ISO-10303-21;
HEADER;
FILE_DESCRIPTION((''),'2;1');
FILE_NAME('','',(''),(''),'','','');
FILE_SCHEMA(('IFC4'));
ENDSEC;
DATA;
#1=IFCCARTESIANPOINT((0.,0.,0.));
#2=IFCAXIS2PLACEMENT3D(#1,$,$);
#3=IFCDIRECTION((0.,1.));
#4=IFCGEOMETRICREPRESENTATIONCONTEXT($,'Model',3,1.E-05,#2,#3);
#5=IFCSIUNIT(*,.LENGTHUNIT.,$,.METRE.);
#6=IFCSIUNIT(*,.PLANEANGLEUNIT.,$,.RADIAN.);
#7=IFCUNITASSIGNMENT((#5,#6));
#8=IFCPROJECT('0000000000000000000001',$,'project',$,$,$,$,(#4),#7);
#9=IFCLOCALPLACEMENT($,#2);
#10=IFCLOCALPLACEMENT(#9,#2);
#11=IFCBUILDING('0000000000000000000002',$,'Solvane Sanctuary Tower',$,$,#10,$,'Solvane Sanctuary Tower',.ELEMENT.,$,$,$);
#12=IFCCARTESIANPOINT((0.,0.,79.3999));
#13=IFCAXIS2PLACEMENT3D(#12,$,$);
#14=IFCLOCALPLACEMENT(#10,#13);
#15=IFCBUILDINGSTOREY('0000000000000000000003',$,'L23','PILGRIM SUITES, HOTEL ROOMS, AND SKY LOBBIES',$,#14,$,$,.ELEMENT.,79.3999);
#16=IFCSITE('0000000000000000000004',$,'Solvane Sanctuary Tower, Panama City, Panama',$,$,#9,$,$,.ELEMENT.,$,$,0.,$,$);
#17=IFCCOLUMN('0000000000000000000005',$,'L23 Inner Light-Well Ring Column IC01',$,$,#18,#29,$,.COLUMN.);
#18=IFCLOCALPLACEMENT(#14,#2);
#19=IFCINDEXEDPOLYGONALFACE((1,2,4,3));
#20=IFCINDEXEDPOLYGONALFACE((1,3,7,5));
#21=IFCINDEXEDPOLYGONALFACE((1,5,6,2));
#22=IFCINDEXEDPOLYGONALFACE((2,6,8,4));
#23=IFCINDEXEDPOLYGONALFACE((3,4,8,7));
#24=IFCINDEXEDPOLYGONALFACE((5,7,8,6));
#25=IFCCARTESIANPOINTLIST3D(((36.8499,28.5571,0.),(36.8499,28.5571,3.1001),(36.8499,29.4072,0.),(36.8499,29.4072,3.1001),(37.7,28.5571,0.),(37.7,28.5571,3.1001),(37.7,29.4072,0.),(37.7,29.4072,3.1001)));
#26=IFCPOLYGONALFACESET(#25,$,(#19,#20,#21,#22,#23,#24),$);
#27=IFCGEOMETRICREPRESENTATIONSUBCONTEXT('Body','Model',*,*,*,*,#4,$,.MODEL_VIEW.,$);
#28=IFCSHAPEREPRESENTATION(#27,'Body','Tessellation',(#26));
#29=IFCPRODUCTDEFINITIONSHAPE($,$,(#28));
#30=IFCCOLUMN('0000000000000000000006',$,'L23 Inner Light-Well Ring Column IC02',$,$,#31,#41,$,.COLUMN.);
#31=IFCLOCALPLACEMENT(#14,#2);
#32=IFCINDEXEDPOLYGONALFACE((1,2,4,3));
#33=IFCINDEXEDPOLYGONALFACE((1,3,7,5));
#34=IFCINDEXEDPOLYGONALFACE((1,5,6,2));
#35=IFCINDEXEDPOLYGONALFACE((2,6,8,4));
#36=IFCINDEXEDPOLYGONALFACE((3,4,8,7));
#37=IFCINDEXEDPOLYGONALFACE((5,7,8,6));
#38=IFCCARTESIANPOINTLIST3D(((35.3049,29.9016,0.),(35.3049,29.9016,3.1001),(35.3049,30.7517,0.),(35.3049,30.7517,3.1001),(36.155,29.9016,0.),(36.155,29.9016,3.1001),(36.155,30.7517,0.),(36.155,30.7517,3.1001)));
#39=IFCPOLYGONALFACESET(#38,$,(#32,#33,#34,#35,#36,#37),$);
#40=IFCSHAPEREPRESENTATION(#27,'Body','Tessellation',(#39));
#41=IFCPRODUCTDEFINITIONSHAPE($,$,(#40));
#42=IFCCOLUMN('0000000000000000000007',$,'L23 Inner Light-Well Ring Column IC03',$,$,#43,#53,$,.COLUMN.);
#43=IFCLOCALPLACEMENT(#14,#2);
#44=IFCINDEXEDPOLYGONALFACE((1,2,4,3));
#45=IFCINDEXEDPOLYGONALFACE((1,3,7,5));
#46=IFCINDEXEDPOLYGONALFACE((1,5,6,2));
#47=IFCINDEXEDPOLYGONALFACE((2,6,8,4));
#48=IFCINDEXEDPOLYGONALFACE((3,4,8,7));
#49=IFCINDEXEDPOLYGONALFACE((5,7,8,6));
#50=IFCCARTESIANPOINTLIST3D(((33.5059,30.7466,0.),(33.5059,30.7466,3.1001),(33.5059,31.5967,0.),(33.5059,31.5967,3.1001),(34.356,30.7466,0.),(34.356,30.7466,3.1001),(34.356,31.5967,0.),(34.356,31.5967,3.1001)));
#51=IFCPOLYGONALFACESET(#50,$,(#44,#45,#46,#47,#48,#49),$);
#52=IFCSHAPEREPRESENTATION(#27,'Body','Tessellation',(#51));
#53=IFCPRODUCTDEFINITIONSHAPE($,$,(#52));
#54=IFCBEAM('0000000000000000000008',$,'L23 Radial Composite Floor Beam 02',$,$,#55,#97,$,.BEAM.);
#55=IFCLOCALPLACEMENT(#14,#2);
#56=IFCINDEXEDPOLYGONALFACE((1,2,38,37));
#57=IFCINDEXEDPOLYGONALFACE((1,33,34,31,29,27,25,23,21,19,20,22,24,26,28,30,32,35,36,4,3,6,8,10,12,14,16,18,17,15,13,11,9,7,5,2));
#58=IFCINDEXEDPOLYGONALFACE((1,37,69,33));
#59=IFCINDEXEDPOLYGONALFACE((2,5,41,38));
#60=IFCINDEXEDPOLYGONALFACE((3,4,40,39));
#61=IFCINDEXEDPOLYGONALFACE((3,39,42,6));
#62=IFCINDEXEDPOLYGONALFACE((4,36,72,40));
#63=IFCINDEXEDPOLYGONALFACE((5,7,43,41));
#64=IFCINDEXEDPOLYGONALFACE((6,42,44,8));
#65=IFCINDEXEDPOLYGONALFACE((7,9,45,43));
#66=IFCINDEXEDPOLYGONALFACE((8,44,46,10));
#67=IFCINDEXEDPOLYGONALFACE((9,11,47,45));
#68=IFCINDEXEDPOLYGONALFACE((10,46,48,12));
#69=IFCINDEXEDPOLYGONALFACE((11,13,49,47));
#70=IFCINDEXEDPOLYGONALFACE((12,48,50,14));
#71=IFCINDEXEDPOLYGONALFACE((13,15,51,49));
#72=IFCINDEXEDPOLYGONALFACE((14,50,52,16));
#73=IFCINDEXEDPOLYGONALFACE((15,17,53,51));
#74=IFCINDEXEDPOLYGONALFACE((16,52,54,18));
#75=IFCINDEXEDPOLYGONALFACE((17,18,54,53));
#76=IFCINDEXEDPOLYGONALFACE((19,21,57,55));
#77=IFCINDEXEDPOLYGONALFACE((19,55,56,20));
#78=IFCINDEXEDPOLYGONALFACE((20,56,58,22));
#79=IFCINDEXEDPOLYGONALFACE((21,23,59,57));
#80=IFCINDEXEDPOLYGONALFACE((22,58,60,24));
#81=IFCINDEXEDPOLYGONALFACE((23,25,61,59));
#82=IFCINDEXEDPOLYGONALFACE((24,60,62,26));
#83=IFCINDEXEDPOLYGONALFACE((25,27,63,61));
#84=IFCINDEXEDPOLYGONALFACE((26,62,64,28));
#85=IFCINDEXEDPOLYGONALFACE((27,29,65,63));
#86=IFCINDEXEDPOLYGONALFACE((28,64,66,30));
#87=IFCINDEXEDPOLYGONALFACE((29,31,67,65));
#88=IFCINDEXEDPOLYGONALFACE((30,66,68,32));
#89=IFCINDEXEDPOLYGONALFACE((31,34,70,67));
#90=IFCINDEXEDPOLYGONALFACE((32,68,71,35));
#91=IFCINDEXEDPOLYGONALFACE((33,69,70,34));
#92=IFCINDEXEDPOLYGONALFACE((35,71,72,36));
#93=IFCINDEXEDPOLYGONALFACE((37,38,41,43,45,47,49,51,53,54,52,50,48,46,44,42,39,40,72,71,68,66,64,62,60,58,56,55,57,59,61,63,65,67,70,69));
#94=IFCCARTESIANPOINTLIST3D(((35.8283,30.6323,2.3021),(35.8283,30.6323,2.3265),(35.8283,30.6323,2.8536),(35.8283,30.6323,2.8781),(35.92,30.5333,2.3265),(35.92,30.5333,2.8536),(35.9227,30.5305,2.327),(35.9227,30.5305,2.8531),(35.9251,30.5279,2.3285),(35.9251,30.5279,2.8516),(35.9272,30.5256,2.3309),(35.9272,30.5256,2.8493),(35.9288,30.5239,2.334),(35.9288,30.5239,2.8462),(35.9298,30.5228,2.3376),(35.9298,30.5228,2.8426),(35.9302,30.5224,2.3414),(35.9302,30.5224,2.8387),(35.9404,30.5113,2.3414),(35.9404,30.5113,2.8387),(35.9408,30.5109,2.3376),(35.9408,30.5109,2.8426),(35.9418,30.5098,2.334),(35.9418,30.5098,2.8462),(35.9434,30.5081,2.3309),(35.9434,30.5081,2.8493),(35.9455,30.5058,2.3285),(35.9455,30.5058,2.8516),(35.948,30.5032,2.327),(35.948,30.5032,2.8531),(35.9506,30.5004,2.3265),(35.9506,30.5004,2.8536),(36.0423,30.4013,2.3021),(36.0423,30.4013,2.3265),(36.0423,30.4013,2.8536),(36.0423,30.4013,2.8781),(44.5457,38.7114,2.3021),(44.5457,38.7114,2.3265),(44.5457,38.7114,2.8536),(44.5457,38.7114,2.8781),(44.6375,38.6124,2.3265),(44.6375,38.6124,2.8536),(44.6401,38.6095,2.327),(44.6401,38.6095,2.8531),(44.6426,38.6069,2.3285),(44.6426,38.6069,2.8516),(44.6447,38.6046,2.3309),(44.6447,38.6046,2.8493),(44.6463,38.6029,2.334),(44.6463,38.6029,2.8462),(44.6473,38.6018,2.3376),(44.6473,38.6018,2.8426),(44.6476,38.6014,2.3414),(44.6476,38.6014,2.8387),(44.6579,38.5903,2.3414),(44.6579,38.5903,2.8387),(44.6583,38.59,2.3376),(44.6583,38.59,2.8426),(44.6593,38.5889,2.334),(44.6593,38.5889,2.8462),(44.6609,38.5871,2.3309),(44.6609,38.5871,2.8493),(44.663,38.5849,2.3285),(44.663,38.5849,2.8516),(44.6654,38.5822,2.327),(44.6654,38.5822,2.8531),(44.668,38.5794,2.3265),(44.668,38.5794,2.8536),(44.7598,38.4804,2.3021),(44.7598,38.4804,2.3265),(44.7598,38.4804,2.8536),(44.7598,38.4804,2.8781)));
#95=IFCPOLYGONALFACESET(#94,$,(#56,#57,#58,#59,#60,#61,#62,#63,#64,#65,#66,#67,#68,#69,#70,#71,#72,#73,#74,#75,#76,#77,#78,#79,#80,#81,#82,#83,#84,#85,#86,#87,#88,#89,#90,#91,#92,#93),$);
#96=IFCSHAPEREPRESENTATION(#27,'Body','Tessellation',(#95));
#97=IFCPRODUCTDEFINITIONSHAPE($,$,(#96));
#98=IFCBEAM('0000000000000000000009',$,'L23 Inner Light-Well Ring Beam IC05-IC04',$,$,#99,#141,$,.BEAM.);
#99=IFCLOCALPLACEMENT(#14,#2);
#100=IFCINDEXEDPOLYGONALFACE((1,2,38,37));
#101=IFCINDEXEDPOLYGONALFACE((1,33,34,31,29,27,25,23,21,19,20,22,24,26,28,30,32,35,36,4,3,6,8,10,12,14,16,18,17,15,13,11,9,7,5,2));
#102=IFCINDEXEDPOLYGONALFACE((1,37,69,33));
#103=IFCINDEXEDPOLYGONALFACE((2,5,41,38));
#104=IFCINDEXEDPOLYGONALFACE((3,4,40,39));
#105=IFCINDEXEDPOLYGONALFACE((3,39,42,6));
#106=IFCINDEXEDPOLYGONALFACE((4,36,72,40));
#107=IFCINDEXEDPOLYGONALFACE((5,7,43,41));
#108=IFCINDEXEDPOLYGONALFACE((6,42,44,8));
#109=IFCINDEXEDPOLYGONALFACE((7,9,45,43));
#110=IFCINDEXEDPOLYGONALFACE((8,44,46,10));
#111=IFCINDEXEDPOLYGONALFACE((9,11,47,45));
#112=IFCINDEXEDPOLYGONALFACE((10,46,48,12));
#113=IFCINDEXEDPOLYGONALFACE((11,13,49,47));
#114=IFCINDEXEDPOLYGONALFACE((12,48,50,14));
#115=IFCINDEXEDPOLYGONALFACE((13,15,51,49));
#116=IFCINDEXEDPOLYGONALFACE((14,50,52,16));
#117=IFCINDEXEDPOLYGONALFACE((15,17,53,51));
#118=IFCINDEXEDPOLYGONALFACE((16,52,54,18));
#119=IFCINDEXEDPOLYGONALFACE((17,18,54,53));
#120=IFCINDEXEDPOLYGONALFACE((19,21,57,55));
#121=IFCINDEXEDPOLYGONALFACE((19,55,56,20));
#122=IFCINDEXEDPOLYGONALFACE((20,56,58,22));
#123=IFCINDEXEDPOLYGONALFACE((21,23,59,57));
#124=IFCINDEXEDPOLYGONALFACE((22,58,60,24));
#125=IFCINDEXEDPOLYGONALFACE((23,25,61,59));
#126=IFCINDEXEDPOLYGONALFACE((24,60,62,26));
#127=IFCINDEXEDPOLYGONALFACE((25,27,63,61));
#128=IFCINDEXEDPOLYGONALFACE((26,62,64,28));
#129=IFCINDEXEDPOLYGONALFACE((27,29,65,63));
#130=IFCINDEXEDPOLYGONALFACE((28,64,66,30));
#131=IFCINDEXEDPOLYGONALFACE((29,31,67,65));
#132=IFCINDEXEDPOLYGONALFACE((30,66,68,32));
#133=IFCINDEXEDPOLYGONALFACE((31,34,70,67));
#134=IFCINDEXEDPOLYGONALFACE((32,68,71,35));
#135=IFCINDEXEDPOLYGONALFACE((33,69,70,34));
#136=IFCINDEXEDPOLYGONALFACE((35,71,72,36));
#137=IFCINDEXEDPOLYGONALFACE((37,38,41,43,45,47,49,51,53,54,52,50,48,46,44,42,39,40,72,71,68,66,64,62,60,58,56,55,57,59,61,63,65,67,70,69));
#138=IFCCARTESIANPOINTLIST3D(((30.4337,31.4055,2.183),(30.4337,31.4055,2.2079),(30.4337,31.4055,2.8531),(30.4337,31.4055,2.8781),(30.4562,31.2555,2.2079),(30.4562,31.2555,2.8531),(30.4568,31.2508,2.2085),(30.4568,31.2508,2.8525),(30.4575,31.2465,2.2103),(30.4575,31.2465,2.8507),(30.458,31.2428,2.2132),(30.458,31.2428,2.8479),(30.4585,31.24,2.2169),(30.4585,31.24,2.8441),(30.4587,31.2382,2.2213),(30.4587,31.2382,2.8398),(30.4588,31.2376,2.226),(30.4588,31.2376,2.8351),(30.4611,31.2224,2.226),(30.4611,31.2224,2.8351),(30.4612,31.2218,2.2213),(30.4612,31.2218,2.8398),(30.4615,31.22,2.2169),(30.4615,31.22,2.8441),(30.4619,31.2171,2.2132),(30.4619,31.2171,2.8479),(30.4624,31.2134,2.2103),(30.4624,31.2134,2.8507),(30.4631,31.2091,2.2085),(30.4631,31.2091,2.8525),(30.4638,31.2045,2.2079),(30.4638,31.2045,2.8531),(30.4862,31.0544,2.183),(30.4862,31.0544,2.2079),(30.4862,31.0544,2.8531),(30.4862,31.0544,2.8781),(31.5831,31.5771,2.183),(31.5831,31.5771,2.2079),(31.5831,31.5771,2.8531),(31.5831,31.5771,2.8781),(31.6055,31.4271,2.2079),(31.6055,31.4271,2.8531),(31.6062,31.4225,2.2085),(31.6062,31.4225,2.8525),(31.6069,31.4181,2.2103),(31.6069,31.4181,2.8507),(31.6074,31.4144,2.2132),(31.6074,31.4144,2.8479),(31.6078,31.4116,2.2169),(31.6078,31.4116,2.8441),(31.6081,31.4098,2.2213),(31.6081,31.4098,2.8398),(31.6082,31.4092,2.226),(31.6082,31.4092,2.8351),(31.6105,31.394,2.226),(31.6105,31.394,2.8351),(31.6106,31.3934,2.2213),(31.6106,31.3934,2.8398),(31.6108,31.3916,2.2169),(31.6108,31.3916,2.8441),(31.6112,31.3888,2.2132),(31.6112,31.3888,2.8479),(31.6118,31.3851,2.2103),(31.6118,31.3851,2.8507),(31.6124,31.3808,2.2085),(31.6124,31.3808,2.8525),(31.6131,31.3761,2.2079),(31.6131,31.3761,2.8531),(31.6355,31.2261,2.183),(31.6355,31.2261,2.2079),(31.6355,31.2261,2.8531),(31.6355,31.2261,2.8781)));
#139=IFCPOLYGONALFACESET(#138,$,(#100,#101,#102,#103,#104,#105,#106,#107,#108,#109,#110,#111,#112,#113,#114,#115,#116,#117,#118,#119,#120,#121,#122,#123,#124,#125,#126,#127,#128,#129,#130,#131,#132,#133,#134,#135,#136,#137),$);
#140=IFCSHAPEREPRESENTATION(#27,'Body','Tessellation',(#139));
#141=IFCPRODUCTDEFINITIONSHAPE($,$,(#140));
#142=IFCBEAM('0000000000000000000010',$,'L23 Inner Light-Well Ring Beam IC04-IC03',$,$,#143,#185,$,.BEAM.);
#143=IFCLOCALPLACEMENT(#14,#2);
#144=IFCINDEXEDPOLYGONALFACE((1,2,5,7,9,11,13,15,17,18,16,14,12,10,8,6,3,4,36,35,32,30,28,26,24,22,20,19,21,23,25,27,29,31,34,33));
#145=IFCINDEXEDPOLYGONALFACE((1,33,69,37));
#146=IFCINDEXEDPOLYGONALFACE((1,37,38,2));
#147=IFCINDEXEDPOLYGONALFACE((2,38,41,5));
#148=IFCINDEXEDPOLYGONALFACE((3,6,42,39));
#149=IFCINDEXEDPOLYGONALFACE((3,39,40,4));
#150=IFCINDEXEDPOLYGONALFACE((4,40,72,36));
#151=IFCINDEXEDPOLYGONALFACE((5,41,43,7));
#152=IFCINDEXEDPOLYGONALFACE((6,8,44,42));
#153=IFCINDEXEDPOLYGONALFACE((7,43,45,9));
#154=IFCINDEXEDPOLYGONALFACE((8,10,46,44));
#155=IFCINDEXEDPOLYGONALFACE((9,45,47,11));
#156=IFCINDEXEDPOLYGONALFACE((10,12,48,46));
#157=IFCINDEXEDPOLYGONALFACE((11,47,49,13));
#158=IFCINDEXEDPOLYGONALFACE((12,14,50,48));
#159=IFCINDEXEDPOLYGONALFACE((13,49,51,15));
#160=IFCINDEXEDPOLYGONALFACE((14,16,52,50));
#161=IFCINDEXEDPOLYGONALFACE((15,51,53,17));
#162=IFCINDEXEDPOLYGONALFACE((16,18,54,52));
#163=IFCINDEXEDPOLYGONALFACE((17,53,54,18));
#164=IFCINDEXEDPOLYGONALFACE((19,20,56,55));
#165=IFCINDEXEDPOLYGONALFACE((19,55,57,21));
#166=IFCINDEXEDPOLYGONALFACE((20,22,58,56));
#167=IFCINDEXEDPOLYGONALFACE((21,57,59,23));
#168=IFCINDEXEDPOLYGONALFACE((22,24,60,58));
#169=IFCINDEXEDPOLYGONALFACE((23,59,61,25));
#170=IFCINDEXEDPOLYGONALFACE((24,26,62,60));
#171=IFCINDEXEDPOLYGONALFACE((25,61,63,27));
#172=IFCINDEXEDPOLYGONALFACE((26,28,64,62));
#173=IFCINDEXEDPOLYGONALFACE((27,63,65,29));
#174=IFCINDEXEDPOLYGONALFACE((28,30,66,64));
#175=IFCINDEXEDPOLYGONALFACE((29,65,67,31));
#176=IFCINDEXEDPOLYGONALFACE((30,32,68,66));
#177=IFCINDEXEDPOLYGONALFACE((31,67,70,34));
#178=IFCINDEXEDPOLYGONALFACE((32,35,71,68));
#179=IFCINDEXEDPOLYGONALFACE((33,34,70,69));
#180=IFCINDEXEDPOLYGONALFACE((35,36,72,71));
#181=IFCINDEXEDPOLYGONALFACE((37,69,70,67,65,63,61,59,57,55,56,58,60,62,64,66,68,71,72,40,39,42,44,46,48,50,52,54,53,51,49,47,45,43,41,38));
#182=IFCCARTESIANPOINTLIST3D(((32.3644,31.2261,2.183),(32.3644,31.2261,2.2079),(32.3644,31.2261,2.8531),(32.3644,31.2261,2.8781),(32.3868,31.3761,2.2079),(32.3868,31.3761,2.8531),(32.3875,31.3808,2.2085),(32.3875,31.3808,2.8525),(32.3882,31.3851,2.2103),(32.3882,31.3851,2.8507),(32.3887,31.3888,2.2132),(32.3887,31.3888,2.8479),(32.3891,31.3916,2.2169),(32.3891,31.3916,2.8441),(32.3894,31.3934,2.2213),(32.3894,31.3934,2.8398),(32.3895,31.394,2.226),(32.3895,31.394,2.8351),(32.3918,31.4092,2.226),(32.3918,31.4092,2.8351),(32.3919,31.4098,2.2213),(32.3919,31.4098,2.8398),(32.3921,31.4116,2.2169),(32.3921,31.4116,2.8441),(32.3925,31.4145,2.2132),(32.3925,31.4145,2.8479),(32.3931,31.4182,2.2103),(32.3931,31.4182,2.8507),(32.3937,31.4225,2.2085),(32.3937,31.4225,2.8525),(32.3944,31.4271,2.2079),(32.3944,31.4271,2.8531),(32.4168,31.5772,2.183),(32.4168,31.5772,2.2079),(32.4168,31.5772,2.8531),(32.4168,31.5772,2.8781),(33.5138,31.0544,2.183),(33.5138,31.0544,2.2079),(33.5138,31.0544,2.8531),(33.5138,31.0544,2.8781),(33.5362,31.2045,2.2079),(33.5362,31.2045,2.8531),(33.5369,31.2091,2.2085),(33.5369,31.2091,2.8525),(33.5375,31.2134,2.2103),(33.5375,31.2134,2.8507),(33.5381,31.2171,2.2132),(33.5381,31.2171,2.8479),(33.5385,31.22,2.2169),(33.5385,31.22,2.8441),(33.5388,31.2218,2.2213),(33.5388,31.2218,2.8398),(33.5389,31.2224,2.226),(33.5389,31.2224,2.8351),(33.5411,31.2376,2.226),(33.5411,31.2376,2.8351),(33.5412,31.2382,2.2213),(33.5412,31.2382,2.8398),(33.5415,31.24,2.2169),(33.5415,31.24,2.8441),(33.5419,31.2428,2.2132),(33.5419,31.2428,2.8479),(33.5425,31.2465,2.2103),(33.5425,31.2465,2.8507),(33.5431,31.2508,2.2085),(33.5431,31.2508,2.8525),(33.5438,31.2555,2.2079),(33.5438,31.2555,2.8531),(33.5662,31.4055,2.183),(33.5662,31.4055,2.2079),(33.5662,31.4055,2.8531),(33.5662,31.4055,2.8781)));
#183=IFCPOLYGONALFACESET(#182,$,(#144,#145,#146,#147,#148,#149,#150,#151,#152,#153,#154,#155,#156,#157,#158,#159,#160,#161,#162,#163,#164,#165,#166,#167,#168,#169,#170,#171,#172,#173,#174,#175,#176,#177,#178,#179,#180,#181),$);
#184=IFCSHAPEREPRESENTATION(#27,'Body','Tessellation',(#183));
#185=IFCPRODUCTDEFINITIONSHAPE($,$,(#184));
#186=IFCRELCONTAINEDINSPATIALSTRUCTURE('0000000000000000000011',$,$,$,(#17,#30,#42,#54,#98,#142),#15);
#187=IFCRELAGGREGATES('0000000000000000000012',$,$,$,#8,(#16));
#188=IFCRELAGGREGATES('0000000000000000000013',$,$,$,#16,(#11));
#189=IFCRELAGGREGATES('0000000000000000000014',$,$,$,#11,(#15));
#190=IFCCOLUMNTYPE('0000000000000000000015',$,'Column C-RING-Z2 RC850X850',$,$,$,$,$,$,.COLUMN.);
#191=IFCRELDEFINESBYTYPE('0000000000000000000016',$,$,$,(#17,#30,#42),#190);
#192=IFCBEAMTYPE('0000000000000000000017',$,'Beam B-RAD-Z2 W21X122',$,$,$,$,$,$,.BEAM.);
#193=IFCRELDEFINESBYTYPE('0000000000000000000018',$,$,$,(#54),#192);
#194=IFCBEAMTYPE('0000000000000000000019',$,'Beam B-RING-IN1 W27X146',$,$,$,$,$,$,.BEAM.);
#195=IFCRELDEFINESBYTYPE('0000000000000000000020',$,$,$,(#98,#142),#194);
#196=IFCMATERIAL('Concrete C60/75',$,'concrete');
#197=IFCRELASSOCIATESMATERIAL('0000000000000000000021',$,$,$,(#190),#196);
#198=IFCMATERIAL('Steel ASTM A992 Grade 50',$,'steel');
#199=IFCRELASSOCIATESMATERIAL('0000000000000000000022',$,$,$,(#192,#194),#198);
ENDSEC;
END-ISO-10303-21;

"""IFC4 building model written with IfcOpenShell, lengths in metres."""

from ifc_helpers import new_model, si_unit, direction, frame, origin, origin_2d, place, context, subcontext, project, spatial, rectangle, i_section, extrude, material, material_profile, profile_set, type_object, element, save


model = new_model("IFC4")

# Units and contexts
model_context = context("Model", 3, precision=1e-05, world=origin(), true_north=direction((0.0, 1.0)))
body_context = subcontext(model_context, "Body", "Model", "MODEL_VIEW")
ifc_project = project(units=[si_unit("LENGTHUNIT", "METRE"), si_unit("PLANEANGLEUNIT", "RADIAN")], contexts=[model_context])

# Site, building, storey
site_placement = place(None, origin())
site = spatial("IfcSite", under=ifc_project, at=site_placement, Name="Solvane Sanctuary Tower, Panama City, Panama", CompositionType="ELEMENT", RefElevation=0.0)
building_placement = place(site_placement, origin())
building = spatial("IfcBuilding", under=site, at=building_placement, Name="Solvane Sanctuary Tower", LongName="Solvane Sanctuary Tower", CompositionType="ELEMENT")
storey_placement = place(building_placement, frame((0.0, 0.0, 79.3999)))
storey = spatial("IfcBuildingStorey", under=building, at=storey_placement, Name="L23", Description="PILGRIM SUITES, HOTEL ROOMS, AND SKY LOBBIES", CompositionType="ELEMENT", Elevation=79.3999)

# Columns
ifc_material_1 = material(Name="Concrete C60/75", Category="concrete")
ifc_material_profile_1 = material_profile(ifc_material_1, rectangle(XDim=0.8501, YDim=0.8501, at=origin_2d()), Name="RC850X850")
ifc_profile_set_1 = profile_set([ifc_material_profile_1], Name="Concrete C60/75")
column_type = type_object("IfcColumnType", Name="Column C-RING-Z2 RC850X850", PredefinedType="COLUMN", material=ifc_profile_set_1)
for number, where, z_axis, x_axis, name in (
    (1, (37.2749, 28.9822, 0.0), (0.0, 0.0, 1.0), (1.0, 0.0, 0.0), "L23 Inner Light-Well Ring Column IC01"),
    (2, (35.73, 30.3267, 0.0), (0.0, 0.0, 1.0), (1.0, 0.0, 0.0), "L23 Inner Light-Well Ring Column IC02"),
    (3, (33.9309, 31.1716, 0.0), (0.0, 0.0, 1.0), (1.0, 0.0, 0.0), "L23 Inner Light-Well Ring Column IC03"),
):
    element("IfcColumn", number, at=place(storey_placement, frame(where, z_axis=z_axis, x_axis=x_axis)), inside=storey, type_object=column_type, Name=name, PredefinedType="COLUMN", context=body_context, shape_type="SweptSolid", body=[
        extrude(rectangle(XDim=0.8501, YDim=0.8501, at=origin_2d()), origin(), (0.0, 0.0, 1.0), 3.1001),
    ])

# Beams
ifc_material_2 = material(Name="Steel ASTM A992 Grade 50", Category="steel")
ifc_material_profile_2 = material_profile(ifc_material_2, i_section(OverallWidth=0.3149, OverallDepth=0.5759, WebThickness=0.0151, FlangeThickness=0.0244, FilletRadius=0.0149, at=origin_2d()), Name="W21X122")
ifc_profile_set_2 = profile_set([ifc_material_profile_2], Name="Steel ASTM A992 Grade 50")
beam_type_1 = type_object("IfcBeamType", Name="Beam B-RAD-Z2 W21X122", PredefinedType="BEAM", material=ifc_profile_set_2)
beam_1_placement = place(storey_placement, frame((35.9353, 30.5168, 2.5901), z_axis=(0.733454, 0.679739, 0.0), x_axis=(-0.679739, 0.733454, 0.0)))
element("IfcBeam", 4, at=beam_1_placement, inside=storey, type_object=beam_type_1, Name="L23 Radial Composite Floor Beam 02", PredefinedType="BEAM", context=body_context, shape_type="SweptSolid", body=[
    extrude(i_section(OverallWidth=0.3149, OverallDepth=0.5759, WebThickness=0.0151, FlangeThickness=0.0244, FilletRadius=0.0149, at=origin_2d()), origin(), (0.0, 0.0, 1.0), 11.8855),
])
ifc_material_profile_3 = material_profile(ifc_material_2, i_section(OverallWidth=0.355, OverallDepth=0.6951, WebThickness=0.0154, FlangeThickness=0.0249, FilletRadius=0.0181, at=origin_2d()), Name="W27X146")
ifc_profile_set_3 = profile_set([ifc_material_profile_3], Name="Steel ASTM A992 Grade 50")
beam_type_2 = type_object("IfcBeamType", Name="Beam B-RING-IN1 W27X146", PredefinedType="BEAM", material=ifc_profile_set_3)
for number, where, z_axis, x_axis, name in (
    (5, (30.46, 31.23, 2.5305), (0.989035, 0.147683, 0.0), (-0.147683, 0.989035, 0.0), "L23 Inner Light-Well Ring Beam IC05-IC04"),
    (6, (32.3906, 31.4016, 2.5305), (0.989035, -0.147683, 0.0), (0.147683, 0.989035, 0.0), "L23 Inner Light-Well Ring Beam IC04-IC03"),
):
    element("IfcBeam", number, at=place(storey_placement, frame(where, z_axis=z_axis, x_axis=x_axis)), inside=storey, type_object=beam_type_2, Name=name, PredefinedType="BEAM", context=body_context, shape_type="SweptSolid", body=[
        extrude(i_section(OverallWidth=0.355, OverallDepth=0.6951, WebThickness=0.0154, FlangeThickness=0.0249, FilletRadius=0.0181, at=origin_2d()), origin(), (0.0, 0.0, 1.0), 1.1621),
    ])

save(model, "model.ifc")
